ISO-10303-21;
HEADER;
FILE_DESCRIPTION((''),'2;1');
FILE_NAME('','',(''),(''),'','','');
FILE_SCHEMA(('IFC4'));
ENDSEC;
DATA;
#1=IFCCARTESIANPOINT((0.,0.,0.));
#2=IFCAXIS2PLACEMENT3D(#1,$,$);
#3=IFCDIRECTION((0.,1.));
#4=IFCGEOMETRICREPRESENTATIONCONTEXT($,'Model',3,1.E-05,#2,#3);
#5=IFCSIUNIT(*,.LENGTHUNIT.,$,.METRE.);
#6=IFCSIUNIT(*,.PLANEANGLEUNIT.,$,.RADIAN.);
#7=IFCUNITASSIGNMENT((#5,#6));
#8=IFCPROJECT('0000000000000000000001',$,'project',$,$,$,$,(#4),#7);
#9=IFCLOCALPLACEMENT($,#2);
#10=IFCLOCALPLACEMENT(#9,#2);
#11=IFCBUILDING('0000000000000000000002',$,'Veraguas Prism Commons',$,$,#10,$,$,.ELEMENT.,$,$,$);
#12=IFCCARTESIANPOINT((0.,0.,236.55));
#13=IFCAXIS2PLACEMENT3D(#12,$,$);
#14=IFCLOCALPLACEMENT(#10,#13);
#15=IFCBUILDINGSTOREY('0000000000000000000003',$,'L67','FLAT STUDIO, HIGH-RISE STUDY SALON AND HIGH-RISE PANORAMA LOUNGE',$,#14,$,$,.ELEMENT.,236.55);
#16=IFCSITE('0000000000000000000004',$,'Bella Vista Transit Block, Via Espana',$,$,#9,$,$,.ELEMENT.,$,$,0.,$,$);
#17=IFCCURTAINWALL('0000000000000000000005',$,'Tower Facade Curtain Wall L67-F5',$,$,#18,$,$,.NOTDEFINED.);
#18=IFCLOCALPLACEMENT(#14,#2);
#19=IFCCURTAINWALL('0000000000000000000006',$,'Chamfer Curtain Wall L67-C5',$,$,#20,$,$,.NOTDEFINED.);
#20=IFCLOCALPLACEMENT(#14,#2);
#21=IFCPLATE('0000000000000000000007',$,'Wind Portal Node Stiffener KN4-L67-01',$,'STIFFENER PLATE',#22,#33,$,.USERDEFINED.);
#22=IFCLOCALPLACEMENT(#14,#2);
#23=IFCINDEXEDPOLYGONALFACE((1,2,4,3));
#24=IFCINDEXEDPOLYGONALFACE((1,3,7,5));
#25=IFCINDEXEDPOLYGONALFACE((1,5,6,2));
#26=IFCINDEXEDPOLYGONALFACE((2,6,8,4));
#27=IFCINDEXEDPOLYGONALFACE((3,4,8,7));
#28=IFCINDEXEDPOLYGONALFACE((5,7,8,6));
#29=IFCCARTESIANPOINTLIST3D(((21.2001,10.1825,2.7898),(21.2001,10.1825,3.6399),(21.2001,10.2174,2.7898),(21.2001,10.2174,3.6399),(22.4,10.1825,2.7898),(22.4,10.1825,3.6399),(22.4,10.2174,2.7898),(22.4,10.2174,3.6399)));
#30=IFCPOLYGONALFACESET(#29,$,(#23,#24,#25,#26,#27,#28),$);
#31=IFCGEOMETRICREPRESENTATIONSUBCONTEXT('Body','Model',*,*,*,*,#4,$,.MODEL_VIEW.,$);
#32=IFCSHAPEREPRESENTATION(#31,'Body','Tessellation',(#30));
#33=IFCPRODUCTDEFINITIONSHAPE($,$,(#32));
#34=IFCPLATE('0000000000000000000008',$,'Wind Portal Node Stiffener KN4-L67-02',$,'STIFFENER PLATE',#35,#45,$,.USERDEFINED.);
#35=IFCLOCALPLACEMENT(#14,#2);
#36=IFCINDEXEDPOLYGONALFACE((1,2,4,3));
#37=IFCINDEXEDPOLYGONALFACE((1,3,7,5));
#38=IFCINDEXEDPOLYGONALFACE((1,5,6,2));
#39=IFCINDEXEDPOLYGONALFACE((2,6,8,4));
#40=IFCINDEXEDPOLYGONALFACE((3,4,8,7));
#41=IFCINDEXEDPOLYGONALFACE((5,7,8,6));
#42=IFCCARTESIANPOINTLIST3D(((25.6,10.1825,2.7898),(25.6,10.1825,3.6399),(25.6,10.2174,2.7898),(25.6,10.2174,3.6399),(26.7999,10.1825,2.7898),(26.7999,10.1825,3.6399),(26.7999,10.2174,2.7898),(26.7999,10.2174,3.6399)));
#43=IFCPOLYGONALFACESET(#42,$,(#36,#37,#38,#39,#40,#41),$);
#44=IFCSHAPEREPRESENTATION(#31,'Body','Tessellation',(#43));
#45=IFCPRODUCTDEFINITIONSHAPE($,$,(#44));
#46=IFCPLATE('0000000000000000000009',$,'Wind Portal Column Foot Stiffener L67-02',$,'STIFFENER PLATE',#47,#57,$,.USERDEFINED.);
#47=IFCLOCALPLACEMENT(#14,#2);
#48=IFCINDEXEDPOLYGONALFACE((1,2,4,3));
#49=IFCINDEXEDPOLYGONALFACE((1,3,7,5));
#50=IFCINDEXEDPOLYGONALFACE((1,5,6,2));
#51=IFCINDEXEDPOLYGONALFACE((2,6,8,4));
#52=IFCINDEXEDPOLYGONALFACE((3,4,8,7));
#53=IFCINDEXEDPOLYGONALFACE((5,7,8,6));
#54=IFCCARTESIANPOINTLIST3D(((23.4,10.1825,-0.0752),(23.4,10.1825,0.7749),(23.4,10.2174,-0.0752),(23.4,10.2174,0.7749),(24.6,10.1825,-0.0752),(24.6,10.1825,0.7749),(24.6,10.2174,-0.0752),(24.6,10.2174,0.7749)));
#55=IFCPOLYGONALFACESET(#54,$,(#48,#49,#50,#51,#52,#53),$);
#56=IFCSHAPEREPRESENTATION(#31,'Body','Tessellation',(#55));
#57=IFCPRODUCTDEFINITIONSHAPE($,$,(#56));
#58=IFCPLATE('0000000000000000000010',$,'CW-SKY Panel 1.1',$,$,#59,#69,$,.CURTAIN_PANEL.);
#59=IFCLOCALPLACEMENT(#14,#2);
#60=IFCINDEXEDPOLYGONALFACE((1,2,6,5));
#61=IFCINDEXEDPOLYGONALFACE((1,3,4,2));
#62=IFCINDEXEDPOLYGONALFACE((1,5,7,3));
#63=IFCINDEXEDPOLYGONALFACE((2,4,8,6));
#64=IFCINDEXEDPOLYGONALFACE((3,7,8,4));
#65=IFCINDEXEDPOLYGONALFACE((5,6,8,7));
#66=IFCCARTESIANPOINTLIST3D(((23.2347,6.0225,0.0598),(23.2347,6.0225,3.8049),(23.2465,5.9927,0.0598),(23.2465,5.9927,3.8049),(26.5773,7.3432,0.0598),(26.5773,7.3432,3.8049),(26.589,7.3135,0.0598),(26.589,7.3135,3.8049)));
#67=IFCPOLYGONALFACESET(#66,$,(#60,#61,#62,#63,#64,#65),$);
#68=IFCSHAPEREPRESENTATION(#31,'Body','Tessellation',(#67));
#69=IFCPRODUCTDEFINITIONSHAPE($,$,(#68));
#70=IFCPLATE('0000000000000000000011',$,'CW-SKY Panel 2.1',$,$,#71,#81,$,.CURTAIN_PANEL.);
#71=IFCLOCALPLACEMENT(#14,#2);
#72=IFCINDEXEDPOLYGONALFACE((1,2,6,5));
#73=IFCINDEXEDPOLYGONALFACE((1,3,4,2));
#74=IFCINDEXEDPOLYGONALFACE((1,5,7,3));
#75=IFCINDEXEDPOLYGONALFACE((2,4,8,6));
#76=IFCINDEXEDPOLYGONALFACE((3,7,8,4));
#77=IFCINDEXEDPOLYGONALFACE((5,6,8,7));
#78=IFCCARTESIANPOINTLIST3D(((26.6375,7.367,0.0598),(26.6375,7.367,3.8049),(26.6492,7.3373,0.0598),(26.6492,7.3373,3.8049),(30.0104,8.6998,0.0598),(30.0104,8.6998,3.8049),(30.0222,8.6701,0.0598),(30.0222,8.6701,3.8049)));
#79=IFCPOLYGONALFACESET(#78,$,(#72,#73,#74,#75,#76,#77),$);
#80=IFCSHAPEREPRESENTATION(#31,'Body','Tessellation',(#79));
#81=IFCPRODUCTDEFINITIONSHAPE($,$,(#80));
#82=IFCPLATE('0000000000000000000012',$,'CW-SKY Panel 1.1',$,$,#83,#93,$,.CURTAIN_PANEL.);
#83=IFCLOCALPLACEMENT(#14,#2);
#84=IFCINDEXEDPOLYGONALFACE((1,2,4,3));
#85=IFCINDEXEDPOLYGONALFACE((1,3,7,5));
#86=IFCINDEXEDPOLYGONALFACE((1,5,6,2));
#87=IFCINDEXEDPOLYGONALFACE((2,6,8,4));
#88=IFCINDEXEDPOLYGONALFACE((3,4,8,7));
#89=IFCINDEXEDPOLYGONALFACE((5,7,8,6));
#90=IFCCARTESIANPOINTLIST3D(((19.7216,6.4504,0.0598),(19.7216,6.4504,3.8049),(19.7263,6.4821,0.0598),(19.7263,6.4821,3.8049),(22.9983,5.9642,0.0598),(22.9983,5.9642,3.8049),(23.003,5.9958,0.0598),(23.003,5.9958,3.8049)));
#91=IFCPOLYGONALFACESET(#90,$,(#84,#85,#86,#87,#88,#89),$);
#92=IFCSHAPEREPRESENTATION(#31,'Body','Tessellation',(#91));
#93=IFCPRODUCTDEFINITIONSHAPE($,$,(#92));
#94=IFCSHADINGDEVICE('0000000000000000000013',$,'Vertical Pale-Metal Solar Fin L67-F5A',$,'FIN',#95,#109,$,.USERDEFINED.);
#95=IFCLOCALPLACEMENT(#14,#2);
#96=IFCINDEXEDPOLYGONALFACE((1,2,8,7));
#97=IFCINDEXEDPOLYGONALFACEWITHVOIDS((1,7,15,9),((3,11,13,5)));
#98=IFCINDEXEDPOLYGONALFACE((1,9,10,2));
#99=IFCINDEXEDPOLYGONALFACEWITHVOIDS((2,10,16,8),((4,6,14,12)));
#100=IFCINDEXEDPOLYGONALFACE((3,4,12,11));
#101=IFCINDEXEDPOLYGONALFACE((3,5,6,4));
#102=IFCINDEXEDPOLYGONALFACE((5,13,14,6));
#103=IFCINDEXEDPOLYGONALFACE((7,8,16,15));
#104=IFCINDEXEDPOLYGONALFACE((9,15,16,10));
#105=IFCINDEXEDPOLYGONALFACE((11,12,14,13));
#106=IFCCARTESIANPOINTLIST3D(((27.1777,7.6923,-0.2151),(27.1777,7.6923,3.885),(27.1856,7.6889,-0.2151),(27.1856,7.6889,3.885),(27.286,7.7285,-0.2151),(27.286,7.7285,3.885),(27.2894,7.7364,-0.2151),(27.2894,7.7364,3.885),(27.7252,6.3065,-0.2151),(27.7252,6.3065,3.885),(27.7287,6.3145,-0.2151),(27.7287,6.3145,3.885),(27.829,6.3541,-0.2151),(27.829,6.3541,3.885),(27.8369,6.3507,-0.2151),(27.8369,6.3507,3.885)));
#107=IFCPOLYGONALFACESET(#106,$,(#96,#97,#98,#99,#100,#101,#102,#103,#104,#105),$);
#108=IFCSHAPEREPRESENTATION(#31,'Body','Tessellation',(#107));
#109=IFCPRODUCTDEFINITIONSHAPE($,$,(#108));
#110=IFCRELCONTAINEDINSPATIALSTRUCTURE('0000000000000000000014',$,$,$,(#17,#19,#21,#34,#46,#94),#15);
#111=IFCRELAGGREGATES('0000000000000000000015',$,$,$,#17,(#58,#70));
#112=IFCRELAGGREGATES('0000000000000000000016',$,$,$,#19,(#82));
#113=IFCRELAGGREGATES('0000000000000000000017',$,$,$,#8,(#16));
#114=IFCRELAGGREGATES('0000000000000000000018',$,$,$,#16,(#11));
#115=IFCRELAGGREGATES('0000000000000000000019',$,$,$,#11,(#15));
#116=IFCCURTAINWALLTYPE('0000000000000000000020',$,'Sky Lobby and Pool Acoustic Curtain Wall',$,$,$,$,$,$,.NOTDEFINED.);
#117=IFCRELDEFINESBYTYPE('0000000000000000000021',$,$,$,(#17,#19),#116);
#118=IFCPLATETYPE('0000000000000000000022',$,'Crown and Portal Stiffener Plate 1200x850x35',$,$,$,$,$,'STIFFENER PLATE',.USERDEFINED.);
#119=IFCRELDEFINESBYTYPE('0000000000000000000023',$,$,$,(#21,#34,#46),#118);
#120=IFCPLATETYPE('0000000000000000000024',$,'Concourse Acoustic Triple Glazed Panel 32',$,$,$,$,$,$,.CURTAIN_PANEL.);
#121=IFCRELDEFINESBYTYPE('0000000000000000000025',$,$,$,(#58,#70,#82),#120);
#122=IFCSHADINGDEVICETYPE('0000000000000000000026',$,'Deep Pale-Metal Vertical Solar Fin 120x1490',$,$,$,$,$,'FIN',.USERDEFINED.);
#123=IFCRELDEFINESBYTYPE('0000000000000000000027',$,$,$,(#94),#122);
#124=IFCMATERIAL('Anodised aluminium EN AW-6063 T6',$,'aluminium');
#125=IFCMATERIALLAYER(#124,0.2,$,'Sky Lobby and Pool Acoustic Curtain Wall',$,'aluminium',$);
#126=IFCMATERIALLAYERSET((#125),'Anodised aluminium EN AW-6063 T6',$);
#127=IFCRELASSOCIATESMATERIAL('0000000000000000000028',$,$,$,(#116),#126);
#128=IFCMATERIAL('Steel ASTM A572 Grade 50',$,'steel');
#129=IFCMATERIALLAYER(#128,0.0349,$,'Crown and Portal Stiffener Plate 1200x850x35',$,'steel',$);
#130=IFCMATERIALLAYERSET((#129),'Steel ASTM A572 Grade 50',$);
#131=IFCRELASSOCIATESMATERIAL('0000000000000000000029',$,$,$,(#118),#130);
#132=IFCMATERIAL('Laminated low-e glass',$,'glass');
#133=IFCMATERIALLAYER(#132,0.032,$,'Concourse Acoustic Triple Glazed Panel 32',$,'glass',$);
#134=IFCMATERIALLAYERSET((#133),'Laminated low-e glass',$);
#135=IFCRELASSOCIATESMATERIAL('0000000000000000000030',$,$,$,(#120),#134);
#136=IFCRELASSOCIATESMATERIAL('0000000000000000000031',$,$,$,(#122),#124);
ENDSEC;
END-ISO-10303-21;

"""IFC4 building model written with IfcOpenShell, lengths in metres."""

from ifc_helpers import new_model, si_unit, direction, frame, origin, origin_2d, place, context, subcontext, project, spatial, rectangle, hollow_rectangle, extrude, source, transform, mapped, material, layer, layer_set, material_profile, profile_set, type_object, element, aggregate, save


model = new_model("IFC4")

# Units and contexts
model_context = context("Model", 3, precision=1e-05, world=origin(), true_north=direction((0.0, 1.0)))
body_context = subcontext(model_context, "Body", "Model", "MODEL_VIEW")
ifc_project = project(units=[si_unit("LENGTHUNIT", "METRE"), si_unit("PLANEANGLEUNIT", "RADIAN")], contexts=[model_context])

# Site, building, storey
site_placement = place(None, origin())
site = spatial("IfcSite", under=ifc_project, at=site_placement, Name="Bella Vista Transit Block, Via Espana", CompositionType="ELEMENT", RefElevation=0.0)
building_placement = place(site_placement, origin())
building = spatial("IfcBuilding", under=site, at=building_placement, Name="Veraguas Prism Commons", CompositionType="ELEMENT")
storey_placement = place(building_placement, frame((0.0, 0.0, 236.55)))
storey = spatial("IfcBuildingStorey", under=building, at=storey_placement, Name="L67", Description="FLAT STUDIO, HIGH-RISE STUDY SALON AND HIGH-RISE PANORAMA LOUNGE", CompositionType="ELEMENT", Elevation=236.55)

# Curtain wall
ifc_material_1 = material(Name="Anodised aluminium EN AW-6063 T6", Category="aluminium")
ifc_layer_1 = layer(ifc_material_1, 0.2, Name="Sky Lobby and Pool Acoustic Curtain Wall", Category="aluminium")
ifc_layer_set_1 = layer_set([ifc_layer_1], Name="Anodised aluminium EN AW-6063 T6")
curtain_wall_type = type_object("IfcCurtainWallType", Name="Sky Lobby and Pool Acoustic Curtain Wall", PredefinedType="NOTDEFINED", material=ifc_layer_set_1)
curtain_wall_1_placement = place(storey_placement, origin())
curtain_wall_1 = element("IfcCurtainWall", 1, at=curtain_wall_1_placement, inside=storey, type_object=curtain_wall_type, Name="Tower Facade Curtain Wall L67-F5", PredefinedType="NOTDEFINED")

# Curtain wall
curtain_wall_2_placement = place(storey_placement, origin())
curtain_wall_2 = element("IfcCurtainWall", 2, at=curtain_wall_2_placement, inside=storey, type_object=curtain_wall_type, Name="Chamfer Curtain Wall L67-C5", PredefinedType="NOTDEFINED")

# Plates
ifc_material_2 = material(Name="Steel ASTM A572 Grade 50", Category="steel")
ifc_layer_2 = layer(ifc_material_2, 0.0349, Name="Crown and Portal Stiffener Plate 1200x850x35", Category="steel")
ifc_layer_set_2 = layer_set([ifc_layer_2], Name="Steel ASTM A572 Grade 50")
plate_type_1 = type_object("IfcPlateType", Name="Crown and Portal Stiffener Plate 1200x850x35", ElementType="STIFFENER PLATE", PredefinedType="USERDEFINED", material=ifc_layer_set_2)
shared_shape_1 = source(origin(), body_context, "Body", "SweptSolid", [
    extrude(rectangle(XDim=1.2, YDim=0.0349, at=origin_2d()), origin(), (0.0, 0.0, 1.0), 0.8501),
])
for number, where, z_axis, x_axis, name in (
    (3, (21.8, 10.2, 2.7898), (0.0, 0.0, 1.0), (1.0, 0.0, 0.0), "Wind Portal Node Stiffener KN4-L67-01"),
    (4, (26.2, 10.2, 2.7898), (0.0, 0.0, 1.0), (1.0, 0.0, 0.0), "Wind Portal Node Stiffener KN4-L67-02"),
    (5, (24.0, 10.2, -0.0752), (0.0, 0.0, 1.0), (1.0, 0.0, 0.0), "Wind Portal Column Foot Stiffener L67-02"),
):
    element("IfcPlate", number, at=place(storey_placement, frame(where, z_axis=z_axis, x_axis=x_axis)), inside=storey, type_object=plate_type_1, Name=name, ObjectType="STIFFENER PLATE", PredefinedType="USERDEFINED", context=body_context, shape_type="MappedRepresentation", body=[
        mapped(shared_shape_1, transform((0.0, 0.0, 0.0), scale=1.0)),
    ])

# Plates
ifc_material_3 = material(Name="Laminated low-e glass", Category="glass")
ifc_layer_3 = layer(ifc_material_3, 0.032, Name="Concourse Acoustic Triple Glazed Panel 32", Category="glass")
ifc_layer_set_3 = layer_set([ifc_layer_3], Name="Laminated low-e glass")
plate_type_2 = type_object("IfcPlateType", Name="Concourse Acoustic Triple Glazed Panel 32", PredefinedType="CURTAIN_PANEL", material=ifc_layer_set_3)
shared_shape_2 = source(origin(), body_context, "Body", "SweptSolid", [
    extrude(rectangle(XDim=3.594, YDim=0.032, at=origin_2d()), origin(), (0.0, 0.0, 1.0), 3.7451),
])
plate_1_placement = place(storey_placement, frame((24.9119, 6.668, 0.0598), z_axis=(0.0, 0.0, 1.0), x_axis=(0.93003, 0.367483, 0.0)))
plate_1 = element("IfcPlate", 6, at=plate_1_placement, type_object=plate_type_2, Name="CW-SKY Panel 1.1", PredefinedType="CURTAIN_PANEL", context=body_context, shape_type="MappedRepresentation", body=[
    mapped(shared_shape_2, transform((0.0, 0.0, 0.0), scale=1.0)),
])
shared_shape_3 = source(origin(), body_context, "Body", "SweptSolid", [
    extrude(rectangle(XDim=3.6267, YDim=0.032, at=origin_2d()), origin(), (0.0, 0.0, 1.0), 3.7451),
])
plate_2_placement = place(storey_placement, frame((28.3298, 8.0186, 0.0598), z_axis=(0.0, 0.0, 1.0), x_axis=(0.93003, 0.367483, 0.0)))
plate_2 = element("IfcPlate", 7, at=plate_2_placement, type_object=plate_type_2, Name="CW-SKY Panel 2.1", PredefinedType="CURTAIN_PANEL", context=body_context, shape_type="MappedRepresentation", body=[
    mapped(shared_shape_3, transform((0.0, 0.0, 0.0), scale=1.0)),
])
aggregate(curtain_wall_1, [plate_1, plate_2])
shared_shape_4 = source(origin(), body_context, "Body", "SweptSolid", [
    extrude(rectangle(XDim=3.3125, YDim=0.032, at=origin_2d()), origin(), (0.0, 0.0, 1.0), 3.7451),
])
plate_3_placement = place(storey_placement, frame((21.3623, 6.2231, 0.0598), z_axis=(0.0, 0.0, 1.0), x_axis=(0.989168, -0.146787, 0.0)))
plate_3 = element("IfcPlate", 8, at=plate_3_placement, type_object=plate_type_2, Name="CW-SKY Panel 1.1", PredefinedType="CURTAIN_PANEL", context=body_context, shape_type="MappedRepresentation", body=[
    mapped(shared_shape_4, transform((0.0, 0.0, 0.0), scale=1.0)),
])
aggregate(curtain_wall_2, [plate_3])

# Shading device
ifc_material_profile_1 = material_profile(ifc_material_1, hollow_rectangle(XDim=0.1201, YDim=1.49, WallThickness=0.0061, at=origin_2d()), Name="FIN120X1490X6")
ifc_profile_set_1 = profile_set([ifc_material_profile_1], Name="Anodised aluminium EN AW-6063 T6")
shading_device_type = type_object("IfcShadingDeviceType", Name="Deep Pale-Metal Vertical Solar Fin 120x1490", ElementType="FIN", PredefinedType="USERDEFINED", material=ifc_profile_set_1)
shading_device_placement = place(storey_placement, frame((27.5073, 7.0215, -0.2151), z_axis=(0.0, 0.0, 1.0), x_axis=(0.930033, 0.367477, 0.0)))
element("IfcShadingDevice", 9, at=shading_device_placement, inside=storey, type_object=shading_device_type, Name="Vertical Pale-Metal Solar Fin L67-F5A", ObjectType="FIN", PredefinedType="USERDEFINED", context=body_context, shape_type="SweptSolid", body=[
    extrude(hollow_rectangle(XDim=0.1201, YDim=1.49, WallThickness=0.0061, at=origin_2d()), origin(), (0.0, 0.0, 1.0), 4.1001),
])

save(model, "model.ifc")
